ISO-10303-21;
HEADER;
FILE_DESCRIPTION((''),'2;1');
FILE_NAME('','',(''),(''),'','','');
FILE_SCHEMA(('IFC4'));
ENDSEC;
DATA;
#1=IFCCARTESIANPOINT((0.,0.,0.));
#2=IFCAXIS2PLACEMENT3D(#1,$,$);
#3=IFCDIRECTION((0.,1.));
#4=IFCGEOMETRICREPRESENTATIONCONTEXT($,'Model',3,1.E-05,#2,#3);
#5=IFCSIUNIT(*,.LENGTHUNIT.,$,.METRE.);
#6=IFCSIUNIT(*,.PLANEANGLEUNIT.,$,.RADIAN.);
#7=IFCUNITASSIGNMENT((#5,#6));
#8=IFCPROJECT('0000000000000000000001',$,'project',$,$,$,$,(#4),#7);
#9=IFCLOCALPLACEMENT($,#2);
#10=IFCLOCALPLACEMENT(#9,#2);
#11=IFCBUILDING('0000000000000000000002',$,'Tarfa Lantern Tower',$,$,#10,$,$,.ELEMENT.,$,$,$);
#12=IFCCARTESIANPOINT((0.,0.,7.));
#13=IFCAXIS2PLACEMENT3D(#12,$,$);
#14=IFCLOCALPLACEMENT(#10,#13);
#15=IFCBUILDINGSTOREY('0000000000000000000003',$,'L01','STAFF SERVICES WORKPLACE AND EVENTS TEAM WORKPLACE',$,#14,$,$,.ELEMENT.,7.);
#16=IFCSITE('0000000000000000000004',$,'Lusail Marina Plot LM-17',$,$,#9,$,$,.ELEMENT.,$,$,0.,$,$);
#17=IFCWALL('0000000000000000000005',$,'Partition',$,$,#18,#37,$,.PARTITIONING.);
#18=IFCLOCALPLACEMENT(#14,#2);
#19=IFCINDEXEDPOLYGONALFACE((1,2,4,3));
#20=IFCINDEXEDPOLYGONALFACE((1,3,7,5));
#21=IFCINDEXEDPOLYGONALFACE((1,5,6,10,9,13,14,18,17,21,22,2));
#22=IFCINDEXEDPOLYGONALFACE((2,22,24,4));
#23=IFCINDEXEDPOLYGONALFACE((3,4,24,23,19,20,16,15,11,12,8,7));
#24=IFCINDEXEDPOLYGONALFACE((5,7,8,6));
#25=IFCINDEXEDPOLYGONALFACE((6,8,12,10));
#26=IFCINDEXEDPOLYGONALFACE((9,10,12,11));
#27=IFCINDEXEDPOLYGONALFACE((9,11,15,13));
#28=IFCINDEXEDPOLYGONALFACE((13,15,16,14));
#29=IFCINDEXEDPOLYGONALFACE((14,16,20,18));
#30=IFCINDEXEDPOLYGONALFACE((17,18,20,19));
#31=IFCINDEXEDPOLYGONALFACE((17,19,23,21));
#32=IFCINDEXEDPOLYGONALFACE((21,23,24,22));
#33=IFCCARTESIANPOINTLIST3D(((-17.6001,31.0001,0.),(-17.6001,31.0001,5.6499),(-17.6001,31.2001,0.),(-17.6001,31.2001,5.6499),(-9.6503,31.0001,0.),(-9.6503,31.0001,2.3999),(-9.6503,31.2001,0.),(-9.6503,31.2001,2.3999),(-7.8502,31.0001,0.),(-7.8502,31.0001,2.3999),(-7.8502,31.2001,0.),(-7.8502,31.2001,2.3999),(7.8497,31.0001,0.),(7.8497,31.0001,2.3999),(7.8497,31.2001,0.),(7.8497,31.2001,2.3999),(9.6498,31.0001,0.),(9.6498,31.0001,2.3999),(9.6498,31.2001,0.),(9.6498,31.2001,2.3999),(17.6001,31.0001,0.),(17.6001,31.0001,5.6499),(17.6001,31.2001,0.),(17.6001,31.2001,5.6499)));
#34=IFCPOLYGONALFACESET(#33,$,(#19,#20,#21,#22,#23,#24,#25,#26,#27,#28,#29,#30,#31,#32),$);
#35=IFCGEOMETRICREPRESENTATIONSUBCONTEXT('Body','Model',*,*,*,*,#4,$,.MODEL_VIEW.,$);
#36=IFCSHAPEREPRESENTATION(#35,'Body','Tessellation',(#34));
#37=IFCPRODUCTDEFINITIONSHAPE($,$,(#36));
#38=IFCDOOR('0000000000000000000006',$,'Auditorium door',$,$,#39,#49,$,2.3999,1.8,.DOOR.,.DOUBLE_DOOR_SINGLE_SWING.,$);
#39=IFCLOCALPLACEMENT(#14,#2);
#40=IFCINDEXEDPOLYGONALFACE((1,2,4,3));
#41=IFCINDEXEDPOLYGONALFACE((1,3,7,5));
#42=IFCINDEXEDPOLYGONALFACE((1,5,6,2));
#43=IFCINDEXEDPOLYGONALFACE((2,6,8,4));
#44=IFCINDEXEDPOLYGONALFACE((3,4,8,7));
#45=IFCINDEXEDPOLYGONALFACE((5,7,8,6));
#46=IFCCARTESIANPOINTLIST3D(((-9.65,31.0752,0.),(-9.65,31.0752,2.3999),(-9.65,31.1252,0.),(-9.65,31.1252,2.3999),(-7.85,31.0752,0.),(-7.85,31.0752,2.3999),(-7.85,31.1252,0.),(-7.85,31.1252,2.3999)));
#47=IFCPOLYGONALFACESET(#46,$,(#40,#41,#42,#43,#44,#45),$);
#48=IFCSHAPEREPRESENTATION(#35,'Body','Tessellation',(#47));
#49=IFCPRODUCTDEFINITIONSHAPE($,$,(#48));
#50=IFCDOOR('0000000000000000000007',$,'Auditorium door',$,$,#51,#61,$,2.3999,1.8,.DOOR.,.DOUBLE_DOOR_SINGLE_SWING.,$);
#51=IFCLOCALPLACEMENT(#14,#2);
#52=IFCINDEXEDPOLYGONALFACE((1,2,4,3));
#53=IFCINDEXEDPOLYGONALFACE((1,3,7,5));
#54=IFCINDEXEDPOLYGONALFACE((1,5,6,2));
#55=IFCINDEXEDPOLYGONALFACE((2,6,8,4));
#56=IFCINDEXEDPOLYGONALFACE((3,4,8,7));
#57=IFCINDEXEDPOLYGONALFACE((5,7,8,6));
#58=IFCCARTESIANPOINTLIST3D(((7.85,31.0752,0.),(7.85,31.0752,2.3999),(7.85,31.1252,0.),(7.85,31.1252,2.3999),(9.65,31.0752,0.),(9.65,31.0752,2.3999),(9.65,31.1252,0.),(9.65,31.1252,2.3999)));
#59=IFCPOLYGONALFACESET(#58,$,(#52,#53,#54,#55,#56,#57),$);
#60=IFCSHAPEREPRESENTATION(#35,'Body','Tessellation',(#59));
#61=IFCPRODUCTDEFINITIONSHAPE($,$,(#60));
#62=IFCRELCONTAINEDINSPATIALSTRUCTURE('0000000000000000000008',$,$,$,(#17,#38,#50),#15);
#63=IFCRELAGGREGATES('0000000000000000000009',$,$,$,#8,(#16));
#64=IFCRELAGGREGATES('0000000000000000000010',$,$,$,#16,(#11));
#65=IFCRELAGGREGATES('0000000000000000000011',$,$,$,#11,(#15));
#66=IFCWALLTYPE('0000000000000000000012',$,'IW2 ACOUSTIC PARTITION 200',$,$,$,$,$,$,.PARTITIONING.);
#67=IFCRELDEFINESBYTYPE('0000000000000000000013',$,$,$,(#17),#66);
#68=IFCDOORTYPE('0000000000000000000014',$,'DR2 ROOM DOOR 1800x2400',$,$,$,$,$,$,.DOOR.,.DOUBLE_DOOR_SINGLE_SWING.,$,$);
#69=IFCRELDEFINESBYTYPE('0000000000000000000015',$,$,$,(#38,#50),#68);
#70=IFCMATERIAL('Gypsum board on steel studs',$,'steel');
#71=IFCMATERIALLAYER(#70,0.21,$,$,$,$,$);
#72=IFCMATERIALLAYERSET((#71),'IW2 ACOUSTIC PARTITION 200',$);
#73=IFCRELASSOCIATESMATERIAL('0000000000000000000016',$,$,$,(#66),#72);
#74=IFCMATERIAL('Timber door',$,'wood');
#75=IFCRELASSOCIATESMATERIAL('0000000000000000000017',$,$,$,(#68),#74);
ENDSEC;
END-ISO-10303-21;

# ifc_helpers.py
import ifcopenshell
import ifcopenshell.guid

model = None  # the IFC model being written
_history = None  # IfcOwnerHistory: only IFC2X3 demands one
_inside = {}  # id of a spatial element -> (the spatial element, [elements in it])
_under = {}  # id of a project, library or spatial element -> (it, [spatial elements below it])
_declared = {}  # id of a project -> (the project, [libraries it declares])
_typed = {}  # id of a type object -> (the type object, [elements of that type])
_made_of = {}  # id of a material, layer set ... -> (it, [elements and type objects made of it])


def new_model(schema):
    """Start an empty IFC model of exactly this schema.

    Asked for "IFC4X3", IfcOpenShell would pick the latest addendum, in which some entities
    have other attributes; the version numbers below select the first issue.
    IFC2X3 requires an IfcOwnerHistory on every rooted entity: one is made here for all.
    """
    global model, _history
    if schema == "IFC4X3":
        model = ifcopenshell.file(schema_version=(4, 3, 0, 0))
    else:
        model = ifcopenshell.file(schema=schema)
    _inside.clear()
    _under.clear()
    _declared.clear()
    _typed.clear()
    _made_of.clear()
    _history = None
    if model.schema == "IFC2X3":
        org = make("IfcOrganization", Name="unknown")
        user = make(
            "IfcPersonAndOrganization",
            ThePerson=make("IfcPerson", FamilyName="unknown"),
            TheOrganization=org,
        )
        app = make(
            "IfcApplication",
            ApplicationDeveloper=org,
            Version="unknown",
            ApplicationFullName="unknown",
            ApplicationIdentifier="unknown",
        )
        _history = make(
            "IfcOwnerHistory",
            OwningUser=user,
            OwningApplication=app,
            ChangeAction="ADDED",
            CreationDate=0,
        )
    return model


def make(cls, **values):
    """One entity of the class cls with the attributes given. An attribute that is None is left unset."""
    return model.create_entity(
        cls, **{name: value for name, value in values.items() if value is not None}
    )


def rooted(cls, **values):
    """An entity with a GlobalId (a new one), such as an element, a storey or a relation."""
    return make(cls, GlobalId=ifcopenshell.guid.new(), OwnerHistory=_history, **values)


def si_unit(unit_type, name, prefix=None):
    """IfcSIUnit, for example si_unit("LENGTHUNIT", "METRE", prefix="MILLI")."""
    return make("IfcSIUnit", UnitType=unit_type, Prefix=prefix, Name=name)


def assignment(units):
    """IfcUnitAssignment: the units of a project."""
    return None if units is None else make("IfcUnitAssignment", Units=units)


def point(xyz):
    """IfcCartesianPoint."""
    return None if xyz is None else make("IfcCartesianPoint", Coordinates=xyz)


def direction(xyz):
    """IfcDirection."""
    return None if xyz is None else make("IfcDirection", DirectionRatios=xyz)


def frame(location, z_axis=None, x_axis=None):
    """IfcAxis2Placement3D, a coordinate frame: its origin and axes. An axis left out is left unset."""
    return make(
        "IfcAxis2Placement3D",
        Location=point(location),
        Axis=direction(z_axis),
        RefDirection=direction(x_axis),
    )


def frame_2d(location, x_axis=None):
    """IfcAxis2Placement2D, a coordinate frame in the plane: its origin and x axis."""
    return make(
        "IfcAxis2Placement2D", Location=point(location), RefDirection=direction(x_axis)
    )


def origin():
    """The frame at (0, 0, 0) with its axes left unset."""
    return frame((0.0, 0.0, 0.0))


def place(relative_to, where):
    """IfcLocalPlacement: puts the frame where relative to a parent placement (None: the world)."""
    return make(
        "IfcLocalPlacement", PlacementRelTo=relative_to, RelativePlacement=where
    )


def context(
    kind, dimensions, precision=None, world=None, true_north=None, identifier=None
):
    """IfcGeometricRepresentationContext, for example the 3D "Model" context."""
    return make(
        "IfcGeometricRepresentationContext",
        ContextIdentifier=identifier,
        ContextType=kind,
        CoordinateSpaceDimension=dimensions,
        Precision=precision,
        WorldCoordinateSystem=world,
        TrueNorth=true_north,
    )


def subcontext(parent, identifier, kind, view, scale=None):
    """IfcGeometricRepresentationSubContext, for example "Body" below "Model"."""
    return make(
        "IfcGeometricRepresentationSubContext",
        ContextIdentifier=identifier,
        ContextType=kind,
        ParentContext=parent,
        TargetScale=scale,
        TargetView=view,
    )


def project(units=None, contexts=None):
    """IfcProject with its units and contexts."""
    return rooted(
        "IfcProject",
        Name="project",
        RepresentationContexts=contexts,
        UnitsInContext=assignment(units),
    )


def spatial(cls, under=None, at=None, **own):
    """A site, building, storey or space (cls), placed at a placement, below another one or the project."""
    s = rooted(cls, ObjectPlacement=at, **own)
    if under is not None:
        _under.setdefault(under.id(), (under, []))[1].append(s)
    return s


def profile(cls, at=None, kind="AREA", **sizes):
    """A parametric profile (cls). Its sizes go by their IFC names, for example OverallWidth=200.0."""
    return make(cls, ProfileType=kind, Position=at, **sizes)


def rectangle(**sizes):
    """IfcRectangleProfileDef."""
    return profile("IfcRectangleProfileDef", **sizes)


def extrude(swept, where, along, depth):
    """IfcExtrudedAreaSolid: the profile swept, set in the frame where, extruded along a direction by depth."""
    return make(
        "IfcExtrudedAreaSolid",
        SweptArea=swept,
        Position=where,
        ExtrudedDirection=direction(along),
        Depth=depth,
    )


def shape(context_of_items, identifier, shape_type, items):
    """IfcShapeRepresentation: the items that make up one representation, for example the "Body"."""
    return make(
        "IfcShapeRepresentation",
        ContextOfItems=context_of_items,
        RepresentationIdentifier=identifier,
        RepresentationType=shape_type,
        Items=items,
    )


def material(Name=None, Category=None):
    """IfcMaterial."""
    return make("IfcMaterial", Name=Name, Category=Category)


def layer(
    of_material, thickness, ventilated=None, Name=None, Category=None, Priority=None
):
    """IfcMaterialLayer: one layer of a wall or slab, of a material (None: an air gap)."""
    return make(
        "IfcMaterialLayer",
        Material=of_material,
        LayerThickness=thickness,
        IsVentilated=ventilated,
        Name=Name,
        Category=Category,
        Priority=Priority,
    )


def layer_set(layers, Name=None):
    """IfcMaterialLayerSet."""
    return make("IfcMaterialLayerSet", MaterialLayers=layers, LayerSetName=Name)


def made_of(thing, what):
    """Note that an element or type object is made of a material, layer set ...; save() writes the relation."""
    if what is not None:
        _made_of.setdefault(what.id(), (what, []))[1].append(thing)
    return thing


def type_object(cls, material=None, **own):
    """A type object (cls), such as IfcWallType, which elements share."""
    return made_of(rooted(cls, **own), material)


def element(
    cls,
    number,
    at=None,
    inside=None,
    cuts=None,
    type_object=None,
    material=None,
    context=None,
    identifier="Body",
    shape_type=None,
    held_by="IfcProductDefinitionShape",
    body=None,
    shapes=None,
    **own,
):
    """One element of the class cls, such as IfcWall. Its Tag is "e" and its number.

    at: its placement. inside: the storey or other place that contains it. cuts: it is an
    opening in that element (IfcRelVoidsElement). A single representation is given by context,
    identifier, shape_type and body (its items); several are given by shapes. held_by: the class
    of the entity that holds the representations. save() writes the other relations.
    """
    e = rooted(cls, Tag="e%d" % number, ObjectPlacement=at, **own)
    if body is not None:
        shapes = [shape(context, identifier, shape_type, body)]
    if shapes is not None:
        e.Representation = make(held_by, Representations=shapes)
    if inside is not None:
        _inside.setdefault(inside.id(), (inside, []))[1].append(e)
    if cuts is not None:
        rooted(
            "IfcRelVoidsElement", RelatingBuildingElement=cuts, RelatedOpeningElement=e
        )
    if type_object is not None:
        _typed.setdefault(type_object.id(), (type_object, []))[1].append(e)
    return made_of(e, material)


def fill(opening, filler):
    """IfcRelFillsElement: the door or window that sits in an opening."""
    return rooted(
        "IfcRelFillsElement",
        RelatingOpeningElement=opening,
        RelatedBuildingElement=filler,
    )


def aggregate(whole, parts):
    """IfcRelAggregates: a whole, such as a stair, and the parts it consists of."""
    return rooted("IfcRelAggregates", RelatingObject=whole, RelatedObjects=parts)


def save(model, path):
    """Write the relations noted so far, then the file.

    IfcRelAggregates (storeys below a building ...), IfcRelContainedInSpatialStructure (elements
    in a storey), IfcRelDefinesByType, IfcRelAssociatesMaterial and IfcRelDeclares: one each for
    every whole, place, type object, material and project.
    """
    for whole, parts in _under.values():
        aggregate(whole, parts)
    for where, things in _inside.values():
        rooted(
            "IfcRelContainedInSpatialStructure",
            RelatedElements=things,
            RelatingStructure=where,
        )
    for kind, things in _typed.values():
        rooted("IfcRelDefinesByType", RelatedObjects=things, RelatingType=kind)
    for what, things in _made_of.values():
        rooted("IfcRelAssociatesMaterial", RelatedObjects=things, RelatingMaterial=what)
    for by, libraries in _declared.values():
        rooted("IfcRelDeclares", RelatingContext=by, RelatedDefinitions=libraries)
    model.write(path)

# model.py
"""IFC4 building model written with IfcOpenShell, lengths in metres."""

from ifc_helpers import new_model, si_unit, direction, frame, frame_2d, origin, place, context, subcontext, project, spatial, rectangle, extrude, material, layer, layer_set, type_object, element, fill, save


model = new_model("IFC4")

# Units and contexts
model_context = context("Model", 3, precision=1e-05, world=origin(), true_north=direction((0.0, 1.0)))
body_context = subcontext(model_context, "Body", "Model", "MODEL_VIEW")
ifc_project = project(units=[si_unit("LENGTHUNIT", "METRE"), si_unit("PLANEANGLEUNIT", "RADIAN")], contexts=[model_context])

# Site, building, storey
site_placement = place(None, origin())
site = spatial("IfcSite", under=ifc_project, at=site_placement, Name="Lusail Marina Plot LM-17", CompositionType="ELEMENT", RefElevation=0.0)
building_placement = place(site_placement, origin())
building = spatial("IfcBuilding", under=site, at=building_placement, Name="Tarfa Lantern Tower", CompositionType="ELEMENT")
storey_placement = place(building_placement, frame((0.0, 0.0, 7.0)))
storey = spatial("IfcBuildingStorey", under=building, at=storey_placement, Name="L01", Description="STAFF SERVICES WORKPLACE AND EVENTS TEAM WORKPLACE", CompositionType="ELEMENT", Elevation=7.0)

# Shared definitions
ifc_material_1 = material(Name="Gypsum board on steel studs", Category="steel")
ifc_layer = layer(ifc_material_1, 0.21)
ifc_layer_set = layer_set([ifc_layer], Name="IW2 ACOUSTIC PARTITION 200")
wall_type = type_object("IfcWallType", Name="IW2 ACOUSTIC PARTITION 200", PredefinedType="PARTITIONING", material=ifc_layer_set)

# Wall, openings, doors
wall_1_placement = place(storey_placement, frame((-17.6001, 31.1001, 0.0), z_axis=(0.0, 0.0, 1.0), x_axis=(1.0, 0.0, 0.0)))
wall_1 = element("IfcWall", 1, at=wall_1_placement, inside=storey, type_object=wall_type, Name="Partition", PredefinedType="PARTITIONING", context=body_context, shape_type="SweptSolid", body=[
    extrude(rectangle(XDim=35.2002, YDim=0.2, at=frame_2d((17.6001, 0.0))), origin(), (0.0, 0.0, 1.0), 5.6499),
])
opening_1_placement = place(wall_1_placement, frame((7.95, 0.0, 0.0)))
opening_1 = element("IfcOpeningElement", 2, at=opening_1_placement, cuts=wall_1, PredefinedType="OPENING", context=body_context, shape_type="SweptSolid", body=[
    extrude(rectangle(XDim=1.8, YDim=2.3999, at=frame_2d((0.8999, 1.2))), frame((0.0, 0.1099, 0.0), z_axis=(0.0, -1.0, 0.0), x_axis=(1.0, 0.0, 0.0)), (0.0, 0.0, 1.0), 0.22),
])
opening_2_placement = place(wall_1_placement, frame((25.45, 0.0, 0.0)))
opening_2 = element("IfcOpeningElement", 3, at=opening_2_placement, cuts=wall_1, PredefinedType="OPENING", context=body_context, shape_type="SweptSolid", body=[
    extrude(rectangle(XDim=1.8, YDim=2.3999, at=frame_2d((0.8999, 1.2))), frame((0.0, 0.1099, 0.0), z_axis=(0.0, -1.0, 0.0), x_axis=(1.0, 0.0, 0.0)), (0.0, 0.0, 1.0), 0.22),
])
ifc_material_2 = material(Name="Timber door", Category="wood")
door_type = type_object("IfcDoorType", Name="DR2 ROOM DOOR 1800x2400", OperationType="DOUBLE_DOOR_SINGLE_SWING", PredefinedType="DOOR", material=ifc_material_2)
door_1_placement = place(opening_1_placement, frame((1.8, 0.0, 0.0), z_axis=(0.0, 0.0, 1.0), x_axis=(-1.0, 0.0, 0.0)))
door_1 = element("IfcDoor", 4, at=door_1_placement, inside=storey, type_object=door_type, Name="Auditorium door", OperationType="DOUBLE_DOOR_SINGLE_SWING", OverallHeight=2.3999, OverallWidth=1.8, PredefinedType="DOOR", context=body_context, shape_type="SweptSolid", body=[
    extrude(rectangle(XDim=1.8, YDim=2.3999, at=frame_2d((0.8999, 1.2))), frame((0.0, 0.0249, 0.0), z_axis=(0.0, -1.0, 0.0), x_axis=(1.0, 0.0, 0.0)), (0.0, 0.0, 1.0), 0.05),
])
fill(opening_1, door_1)
door_2_placement = place(opening_2_placement, frame((1.8, 0.0, 0.0), z_axis=(0.0, 0.0, 1.0), x_axis=(-1.0, 0.0, 0.0)))
door_2 = element("IfcDoor", 5, at=door_2_placement, inside=storey, type_object=door_type, Name="Auditorium door", OperationType="DOUBLE_DOOR_SINGLE_SWING", OverallHeight=2.3999, OverallWidth=1.8, PredefinedType="DOOR", context=body_context, shape_type="SweptSolid", body=[
    extrude(rectangle(XDim=1.8, YDim=2.3999, at=frame_2d((0.8999, 1.2))), frame((0.0, 0.0249, 0.0), z_axis=(0.0, -1.0, 0.0), x_axis=(1.0, 0.0, 0.0)), (0.0, 0.0, 1.0), 0.05),
])
fill(opening_2, door_2)

save(model, "model.ifc")
